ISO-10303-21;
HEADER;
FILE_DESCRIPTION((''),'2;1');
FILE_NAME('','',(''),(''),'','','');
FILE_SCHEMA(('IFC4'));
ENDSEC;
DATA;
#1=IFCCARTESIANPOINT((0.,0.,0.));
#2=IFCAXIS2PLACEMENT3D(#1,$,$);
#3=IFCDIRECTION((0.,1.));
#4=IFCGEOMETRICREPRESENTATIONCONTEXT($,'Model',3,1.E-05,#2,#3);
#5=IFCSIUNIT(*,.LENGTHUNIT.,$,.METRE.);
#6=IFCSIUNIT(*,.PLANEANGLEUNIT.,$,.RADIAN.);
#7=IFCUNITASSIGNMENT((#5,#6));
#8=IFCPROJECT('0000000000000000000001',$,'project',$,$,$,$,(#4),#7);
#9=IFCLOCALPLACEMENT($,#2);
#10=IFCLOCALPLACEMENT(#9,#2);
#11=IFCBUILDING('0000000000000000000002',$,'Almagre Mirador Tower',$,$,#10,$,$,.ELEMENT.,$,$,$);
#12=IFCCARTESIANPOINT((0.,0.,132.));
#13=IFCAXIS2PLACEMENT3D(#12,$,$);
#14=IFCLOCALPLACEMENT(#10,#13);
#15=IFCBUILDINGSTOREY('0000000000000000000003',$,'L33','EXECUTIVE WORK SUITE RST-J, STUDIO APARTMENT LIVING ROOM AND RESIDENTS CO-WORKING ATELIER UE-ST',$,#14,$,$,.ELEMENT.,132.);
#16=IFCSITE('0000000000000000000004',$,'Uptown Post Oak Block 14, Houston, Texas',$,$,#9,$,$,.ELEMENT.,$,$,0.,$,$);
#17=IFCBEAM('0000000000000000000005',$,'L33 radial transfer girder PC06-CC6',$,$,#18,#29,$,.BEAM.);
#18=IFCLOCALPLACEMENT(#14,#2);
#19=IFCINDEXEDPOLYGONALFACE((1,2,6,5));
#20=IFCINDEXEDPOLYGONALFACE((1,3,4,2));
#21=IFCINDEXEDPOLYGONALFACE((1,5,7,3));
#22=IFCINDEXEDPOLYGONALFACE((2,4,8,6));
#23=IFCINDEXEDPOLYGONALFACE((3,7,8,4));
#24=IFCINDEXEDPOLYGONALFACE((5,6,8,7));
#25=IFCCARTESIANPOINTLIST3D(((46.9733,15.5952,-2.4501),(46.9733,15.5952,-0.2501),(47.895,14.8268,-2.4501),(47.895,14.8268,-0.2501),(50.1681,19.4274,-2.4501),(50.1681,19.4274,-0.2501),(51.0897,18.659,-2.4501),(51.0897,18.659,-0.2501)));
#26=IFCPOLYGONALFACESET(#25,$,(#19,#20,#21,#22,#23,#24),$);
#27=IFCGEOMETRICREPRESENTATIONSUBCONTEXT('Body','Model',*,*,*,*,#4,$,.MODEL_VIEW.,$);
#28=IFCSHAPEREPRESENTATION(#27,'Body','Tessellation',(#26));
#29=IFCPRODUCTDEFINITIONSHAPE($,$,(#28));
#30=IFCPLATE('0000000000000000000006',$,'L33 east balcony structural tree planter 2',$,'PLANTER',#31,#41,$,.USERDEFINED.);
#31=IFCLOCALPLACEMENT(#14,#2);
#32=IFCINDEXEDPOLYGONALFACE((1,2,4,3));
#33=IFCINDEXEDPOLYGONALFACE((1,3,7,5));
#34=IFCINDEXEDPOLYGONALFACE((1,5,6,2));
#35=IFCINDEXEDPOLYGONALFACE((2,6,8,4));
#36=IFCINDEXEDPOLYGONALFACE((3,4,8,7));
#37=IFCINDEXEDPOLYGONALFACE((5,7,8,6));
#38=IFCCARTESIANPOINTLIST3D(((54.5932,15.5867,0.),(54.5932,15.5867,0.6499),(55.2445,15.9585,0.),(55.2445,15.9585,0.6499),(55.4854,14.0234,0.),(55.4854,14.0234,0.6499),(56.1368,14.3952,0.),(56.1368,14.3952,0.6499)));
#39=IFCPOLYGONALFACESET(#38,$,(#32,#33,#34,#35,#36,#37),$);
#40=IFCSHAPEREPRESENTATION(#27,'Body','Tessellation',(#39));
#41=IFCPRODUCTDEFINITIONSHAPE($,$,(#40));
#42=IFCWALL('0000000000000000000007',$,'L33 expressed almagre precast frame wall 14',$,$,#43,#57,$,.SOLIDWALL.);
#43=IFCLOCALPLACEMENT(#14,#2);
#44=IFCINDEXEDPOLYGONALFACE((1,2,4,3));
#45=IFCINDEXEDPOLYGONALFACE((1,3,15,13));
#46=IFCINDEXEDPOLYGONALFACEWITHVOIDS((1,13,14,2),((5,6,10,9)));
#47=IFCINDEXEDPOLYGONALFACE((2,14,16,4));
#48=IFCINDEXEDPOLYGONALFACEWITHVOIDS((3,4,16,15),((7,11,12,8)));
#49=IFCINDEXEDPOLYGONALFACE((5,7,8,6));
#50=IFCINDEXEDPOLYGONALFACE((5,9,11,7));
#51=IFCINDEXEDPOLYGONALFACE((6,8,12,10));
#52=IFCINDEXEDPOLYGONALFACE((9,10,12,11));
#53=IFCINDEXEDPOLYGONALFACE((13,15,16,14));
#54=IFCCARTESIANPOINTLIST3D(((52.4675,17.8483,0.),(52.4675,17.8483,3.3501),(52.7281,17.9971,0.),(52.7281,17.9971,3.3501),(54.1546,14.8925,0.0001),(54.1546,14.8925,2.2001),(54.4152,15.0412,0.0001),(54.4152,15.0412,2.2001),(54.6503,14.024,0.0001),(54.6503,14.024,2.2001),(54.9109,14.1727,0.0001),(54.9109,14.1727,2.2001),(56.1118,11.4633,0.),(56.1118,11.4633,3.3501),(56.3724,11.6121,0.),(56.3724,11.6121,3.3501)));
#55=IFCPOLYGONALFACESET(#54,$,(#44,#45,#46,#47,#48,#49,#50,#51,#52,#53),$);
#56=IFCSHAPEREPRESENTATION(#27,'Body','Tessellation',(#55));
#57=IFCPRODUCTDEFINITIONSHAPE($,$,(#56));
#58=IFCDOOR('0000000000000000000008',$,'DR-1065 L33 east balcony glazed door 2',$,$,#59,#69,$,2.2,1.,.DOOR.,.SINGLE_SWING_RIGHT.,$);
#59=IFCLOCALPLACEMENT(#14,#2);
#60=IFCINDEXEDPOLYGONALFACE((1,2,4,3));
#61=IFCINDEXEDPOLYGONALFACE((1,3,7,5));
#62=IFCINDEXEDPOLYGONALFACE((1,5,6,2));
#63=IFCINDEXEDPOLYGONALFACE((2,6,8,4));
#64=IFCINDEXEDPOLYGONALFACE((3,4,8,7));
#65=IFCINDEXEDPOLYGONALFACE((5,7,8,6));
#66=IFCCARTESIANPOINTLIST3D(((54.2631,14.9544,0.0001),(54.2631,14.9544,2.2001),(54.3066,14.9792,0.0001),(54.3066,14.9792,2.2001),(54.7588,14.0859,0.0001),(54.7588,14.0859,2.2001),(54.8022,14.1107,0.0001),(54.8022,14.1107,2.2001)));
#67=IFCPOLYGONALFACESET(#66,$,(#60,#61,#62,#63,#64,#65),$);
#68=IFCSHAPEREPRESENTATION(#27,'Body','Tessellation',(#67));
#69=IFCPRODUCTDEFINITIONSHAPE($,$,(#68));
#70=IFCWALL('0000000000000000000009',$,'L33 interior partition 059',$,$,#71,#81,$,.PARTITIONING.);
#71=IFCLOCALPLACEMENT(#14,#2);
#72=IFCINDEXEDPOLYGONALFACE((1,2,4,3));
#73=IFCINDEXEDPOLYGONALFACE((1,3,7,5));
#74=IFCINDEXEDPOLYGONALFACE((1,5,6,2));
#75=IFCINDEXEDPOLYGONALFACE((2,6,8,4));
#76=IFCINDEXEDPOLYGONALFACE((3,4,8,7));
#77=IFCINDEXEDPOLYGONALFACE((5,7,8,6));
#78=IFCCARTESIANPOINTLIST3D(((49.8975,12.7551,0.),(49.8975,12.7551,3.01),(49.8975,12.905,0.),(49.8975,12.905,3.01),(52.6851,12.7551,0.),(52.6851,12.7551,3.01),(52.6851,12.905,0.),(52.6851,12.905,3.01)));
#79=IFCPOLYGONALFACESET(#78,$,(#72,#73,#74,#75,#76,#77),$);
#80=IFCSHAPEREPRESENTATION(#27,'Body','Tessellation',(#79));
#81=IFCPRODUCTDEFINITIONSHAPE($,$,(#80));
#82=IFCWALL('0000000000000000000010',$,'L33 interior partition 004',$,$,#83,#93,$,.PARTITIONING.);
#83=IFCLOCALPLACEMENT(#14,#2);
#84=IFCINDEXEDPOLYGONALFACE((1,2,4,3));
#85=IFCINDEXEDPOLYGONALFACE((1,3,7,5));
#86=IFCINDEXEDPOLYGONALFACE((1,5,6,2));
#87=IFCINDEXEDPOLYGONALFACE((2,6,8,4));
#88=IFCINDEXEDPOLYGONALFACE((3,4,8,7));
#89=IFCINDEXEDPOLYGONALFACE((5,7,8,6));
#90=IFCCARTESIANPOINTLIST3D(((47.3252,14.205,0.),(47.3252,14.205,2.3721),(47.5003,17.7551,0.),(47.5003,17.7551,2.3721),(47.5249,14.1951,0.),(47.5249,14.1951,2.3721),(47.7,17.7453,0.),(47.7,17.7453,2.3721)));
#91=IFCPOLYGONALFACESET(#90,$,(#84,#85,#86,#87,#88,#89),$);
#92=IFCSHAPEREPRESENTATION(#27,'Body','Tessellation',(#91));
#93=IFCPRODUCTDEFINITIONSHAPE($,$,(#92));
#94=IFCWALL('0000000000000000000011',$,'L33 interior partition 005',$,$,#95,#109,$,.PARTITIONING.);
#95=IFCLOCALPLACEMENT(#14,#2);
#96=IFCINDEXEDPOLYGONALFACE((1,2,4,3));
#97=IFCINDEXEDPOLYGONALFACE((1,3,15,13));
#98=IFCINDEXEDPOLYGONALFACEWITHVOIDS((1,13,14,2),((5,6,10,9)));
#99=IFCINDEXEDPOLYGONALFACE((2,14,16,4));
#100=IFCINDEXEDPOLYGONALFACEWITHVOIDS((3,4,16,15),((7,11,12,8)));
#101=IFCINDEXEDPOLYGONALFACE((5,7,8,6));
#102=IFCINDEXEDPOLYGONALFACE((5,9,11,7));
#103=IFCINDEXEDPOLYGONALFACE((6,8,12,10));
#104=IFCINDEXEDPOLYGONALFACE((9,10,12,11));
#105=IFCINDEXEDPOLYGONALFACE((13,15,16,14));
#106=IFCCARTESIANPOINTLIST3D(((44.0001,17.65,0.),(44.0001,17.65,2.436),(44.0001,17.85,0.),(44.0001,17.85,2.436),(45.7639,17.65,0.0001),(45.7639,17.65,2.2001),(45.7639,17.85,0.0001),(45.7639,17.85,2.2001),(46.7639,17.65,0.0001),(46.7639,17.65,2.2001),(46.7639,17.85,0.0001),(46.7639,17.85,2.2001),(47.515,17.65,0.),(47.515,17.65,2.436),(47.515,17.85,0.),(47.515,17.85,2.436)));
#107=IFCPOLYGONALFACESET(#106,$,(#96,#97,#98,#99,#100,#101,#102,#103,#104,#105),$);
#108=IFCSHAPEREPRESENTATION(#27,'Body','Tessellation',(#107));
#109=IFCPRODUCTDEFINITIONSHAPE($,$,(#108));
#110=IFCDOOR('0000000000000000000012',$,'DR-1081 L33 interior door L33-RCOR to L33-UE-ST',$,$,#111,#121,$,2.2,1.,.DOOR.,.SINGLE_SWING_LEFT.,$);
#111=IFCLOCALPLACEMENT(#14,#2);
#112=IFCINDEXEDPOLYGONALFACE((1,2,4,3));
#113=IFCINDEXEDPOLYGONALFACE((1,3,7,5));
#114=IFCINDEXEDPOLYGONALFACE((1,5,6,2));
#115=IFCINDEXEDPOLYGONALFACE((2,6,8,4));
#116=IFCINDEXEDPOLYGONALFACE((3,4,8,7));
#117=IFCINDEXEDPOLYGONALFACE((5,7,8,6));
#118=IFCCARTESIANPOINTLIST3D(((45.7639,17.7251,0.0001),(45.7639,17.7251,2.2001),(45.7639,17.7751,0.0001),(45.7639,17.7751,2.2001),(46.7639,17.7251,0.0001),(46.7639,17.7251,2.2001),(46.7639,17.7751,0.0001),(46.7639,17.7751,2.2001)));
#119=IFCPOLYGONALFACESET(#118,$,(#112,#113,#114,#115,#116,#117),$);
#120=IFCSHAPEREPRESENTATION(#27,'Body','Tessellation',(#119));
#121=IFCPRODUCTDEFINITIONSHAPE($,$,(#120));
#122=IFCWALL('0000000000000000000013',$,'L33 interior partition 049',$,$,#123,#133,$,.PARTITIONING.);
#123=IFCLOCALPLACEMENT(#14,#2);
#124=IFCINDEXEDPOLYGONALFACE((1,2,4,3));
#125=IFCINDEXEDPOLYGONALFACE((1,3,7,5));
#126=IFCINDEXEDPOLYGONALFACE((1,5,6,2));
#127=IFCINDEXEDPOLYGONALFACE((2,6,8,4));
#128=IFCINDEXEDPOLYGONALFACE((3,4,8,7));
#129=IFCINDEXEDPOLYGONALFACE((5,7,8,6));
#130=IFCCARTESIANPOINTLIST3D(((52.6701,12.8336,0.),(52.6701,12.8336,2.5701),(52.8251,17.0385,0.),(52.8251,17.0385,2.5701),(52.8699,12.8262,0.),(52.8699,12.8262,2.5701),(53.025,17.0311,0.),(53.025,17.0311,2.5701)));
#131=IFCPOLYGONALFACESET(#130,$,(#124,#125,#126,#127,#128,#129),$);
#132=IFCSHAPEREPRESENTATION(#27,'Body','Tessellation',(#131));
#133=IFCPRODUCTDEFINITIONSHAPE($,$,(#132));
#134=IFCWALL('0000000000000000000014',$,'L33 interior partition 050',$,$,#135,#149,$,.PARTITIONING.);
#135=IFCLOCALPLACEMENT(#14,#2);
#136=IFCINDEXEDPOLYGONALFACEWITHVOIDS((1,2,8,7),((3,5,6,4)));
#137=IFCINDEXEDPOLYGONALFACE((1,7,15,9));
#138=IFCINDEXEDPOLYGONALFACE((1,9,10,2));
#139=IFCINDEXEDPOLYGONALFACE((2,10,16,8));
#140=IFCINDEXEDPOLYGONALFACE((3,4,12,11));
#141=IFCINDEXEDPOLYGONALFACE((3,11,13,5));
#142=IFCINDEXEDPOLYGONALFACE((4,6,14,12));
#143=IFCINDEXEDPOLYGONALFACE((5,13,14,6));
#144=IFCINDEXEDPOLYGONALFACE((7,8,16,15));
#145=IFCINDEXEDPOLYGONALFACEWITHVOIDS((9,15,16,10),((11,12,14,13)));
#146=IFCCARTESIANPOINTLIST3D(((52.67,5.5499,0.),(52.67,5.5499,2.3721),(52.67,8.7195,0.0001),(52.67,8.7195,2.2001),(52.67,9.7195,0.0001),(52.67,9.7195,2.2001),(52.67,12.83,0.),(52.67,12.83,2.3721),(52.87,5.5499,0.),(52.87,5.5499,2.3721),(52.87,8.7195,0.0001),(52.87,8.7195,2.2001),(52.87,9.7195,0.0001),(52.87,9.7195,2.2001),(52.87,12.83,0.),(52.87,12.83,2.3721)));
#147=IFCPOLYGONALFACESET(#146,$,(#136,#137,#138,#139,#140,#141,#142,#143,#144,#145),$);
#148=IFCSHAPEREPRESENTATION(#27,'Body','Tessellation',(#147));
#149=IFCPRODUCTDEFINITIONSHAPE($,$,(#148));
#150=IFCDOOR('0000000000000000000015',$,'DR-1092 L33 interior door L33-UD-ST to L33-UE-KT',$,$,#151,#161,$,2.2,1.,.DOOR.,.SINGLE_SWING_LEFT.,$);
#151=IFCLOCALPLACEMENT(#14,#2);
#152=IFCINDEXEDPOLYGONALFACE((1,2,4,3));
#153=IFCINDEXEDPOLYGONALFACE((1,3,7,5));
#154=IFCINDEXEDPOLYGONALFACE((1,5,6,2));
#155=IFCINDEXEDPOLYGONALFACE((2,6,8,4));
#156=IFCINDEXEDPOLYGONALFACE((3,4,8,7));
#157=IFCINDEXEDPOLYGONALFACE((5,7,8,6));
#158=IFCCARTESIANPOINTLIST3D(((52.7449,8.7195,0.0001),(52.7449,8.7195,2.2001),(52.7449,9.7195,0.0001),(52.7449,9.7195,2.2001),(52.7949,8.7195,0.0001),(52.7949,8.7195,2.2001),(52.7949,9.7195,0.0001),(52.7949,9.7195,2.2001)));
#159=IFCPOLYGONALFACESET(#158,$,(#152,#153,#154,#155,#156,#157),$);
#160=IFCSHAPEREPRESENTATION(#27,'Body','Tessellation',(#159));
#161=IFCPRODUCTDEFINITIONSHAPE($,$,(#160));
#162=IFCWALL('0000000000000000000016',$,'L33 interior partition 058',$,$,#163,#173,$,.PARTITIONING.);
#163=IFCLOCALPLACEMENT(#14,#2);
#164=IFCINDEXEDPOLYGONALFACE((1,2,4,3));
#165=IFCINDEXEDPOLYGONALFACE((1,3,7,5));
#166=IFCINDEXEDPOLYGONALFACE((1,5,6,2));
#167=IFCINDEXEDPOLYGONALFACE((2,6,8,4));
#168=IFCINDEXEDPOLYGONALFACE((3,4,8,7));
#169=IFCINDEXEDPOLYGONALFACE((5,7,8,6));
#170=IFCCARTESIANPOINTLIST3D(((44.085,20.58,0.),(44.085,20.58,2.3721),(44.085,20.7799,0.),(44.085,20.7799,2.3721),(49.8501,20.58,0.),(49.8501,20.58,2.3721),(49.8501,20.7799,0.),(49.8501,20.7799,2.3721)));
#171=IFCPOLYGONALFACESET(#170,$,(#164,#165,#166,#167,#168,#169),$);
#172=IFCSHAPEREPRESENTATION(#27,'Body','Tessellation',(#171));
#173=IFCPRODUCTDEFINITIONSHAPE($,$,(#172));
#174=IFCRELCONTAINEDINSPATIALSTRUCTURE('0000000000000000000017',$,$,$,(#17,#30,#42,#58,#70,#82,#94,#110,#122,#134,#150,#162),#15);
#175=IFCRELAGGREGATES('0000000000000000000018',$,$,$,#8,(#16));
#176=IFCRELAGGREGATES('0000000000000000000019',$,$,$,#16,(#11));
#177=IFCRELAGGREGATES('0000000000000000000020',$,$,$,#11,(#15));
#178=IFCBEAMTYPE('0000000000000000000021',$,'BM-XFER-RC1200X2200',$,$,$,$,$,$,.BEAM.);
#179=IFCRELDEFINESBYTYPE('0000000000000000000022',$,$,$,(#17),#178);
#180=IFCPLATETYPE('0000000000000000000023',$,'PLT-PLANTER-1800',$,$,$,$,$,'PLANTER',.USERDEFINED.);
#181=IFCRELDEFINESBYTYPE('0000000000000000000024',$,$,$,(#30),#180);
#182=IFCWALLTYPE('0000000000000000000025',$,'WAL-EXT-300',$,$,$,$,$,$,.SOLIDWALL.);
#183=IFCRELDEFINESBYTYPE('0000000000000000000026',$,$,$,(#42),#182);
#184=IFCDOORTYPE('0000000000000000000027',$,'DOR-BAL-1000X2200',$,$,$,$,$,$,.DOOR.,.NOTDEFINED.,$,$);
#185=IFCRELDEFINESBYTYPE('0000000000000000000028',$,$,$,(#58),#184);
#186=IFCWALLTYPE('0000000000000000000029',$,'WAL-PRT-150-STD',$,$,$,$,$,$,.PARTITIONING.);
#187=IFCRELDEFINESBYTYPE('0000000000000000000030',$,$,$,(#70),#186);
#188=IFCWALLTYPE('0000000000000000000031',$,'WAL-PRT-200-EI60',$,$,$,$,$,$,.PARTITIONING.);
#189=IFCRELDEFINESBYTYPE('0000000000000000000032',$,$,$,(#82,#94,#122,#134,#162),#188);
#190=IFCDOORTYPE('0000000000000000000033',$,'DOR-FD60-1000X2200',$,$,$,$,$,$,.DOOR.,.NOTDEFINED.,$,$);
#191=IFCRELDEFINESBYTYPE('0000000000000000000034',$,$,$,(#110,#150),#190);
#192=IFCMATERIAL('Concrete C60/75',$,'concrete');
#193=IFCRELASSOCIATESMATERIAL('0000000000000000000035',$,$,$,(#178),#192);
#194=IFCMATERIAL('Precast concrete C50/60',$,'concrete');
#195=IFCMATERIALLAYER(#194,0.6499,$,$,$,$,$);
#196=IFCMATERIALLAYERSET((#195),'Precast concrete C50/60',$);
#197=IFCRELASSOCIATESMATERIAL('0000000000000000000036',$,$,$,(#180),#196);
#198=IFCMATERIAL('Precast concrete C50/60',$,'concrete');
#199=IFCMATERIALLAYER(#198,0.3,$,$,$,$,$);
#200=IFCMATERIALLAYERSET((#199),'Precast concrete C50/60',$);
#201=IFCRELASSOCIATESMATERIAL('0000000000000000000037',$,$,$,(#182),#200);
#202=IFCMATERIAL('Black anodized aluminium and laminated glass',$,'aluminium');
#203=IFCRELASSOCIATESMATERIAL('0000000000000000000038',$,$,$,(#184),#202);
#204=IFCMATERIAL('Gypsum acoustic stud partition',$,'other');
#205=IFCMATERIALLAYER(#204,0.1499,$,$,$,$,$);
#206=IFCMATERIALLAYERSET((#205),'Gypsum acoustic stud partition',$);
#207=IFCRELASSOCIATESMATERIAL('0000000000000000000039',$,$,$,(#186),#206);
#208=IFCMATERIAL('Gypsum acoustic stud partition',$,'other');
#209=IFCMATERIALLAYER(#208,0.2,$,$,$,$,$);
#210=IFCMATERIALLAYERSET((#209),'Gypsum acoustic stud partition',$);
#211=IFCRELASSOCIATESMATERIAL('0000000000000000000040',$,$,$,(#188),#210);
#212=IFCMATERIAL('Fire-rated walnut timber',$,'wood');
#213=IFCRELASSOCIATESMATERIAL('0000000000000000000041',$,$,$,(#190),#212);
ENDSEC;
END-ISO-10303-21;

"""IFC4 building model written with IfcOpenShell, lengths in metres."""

from ifc_helpers import new_model, si_unit, direction, frame, frame_2d, origin, origin_2d, place, context, subcontext, project, spatial, rectangle, extrude, material, layer, layer_set, material_profile, profile_set, type_object, element, fill, save


model = new_model("IFC4")

# Units and contexts
model_context = context("Model", 3, precision=1e-05, world=origin(), true_north=direction((0.0, 1.0)))
body_context = subcontext(model_context, "Body", "Model", "MODEL_VIEW")
ifc_project = project(units=[si_unit("LENGTHUNIT", "METRE"), si_unit("PLANEANGLEUNIT", "RADIAN")], contexts=[model_context])

# Site, building, storey
site_placement = place(None, origin())
site = spatial("IfcSite", under=ifc_project, at=site_placement, Name="Uptown Post Oak Block 14, Houston, Texas", CompositionType="ELEMENT", RefElevation=0.0)
building_placement = place(site_placement, origin())
building = spatial("IfcBuilding", under=site, at=building_placement, Name="Almagre Mirador Tower", CompositionType="ELEMENT")
storey_placement = place(building_placement, frame((0.0, 0.0, 132.0)))
storey = spatial("IfcBuildingStorey", under=building, at=storey_placement, Name="L33", Description="EXECUTIVE WORK SUITE RST-J, STUDIO APARTMENT LIVING ROOM AND RESIDENTS CO-WORKING ATELIER UE-ST", CompositionType="ELEMENT", Elevation=132.0)

# Beam
ifc_material_1 = material(Name="Concrete C60/75", Category="concrete")
ifc_material_profile_1 = material_profile(ifc_material_1, rectangle(XDim=1.2, YDim=2.2, at=origin_2d()), Name="RC1200X2200")
ifc_profile_set_1 = profile_set([ifc_material_profile_1], Name="Concrete C60/75")
beam_type_1 = type_object("IfcBeamType", Name="BM-XFER-RC1200X2200", PredefinedType="BEAM", material=ifc_profile_set_1)
beam_1_placement = place(storey_placement, frame((50.6289, 19.0432, -1.3501), z_axis=(-0.640334, -0.768097, 0.0), x_axis=(0.768097, -0.640334, 0.0)))
element("IfcBeam", 1, at=beam_1_placement, inside=storey, type_object=beam_type_1, Name="L33 radial transfer girder PC06-CC6", PredefinedType="BEAM", context=body_context, shape_type="SweptSolid", body=[
    extrude(rectangle(XDim=1.2, YDim=2.2, at=origin_2d()), origin(), (0.0, 0.0, 1.0), 4.9893),
])

# Plate
ifc_material_2 = material(Name="Precast concrete C50/60", Category="concrete")
ifc_layer_1 = layer(ifc_material_2, 0.6499)
ifc_layer_set_1 = layer_set([ifc_layer_1], Name="Precast concrete C50/60")
plate_type = type_object("IfcPlateType", Name="PLT-PLANTER-1800", ElementType="PLANTER", PredefinedType="USERDEFINED", material=ifc_layer_set_1)
plate_placement = place(storey_placement, frame((55.365, 14.991, 0.0), z_axis=(0.0, 0.0, 1.0), x_axis=(-0.495701, 0.868493, 0.0)))
element("IfcPlate", 2, at=plate_placement, inside=storey, type_object=plate_type, Name="L33 east balcony structural tree planter 2", ObjectType="PLANTER", PredefinedType="USERDEFINED", context=body_context, shape_type="SweptSolid", body=[
    extrude(rectangle(XDim=1.8, YDim=0.75, at=origin_2d()), origin(), (0.0, 0.0, 1.0), 0.6499),
])

# Wall, opening, door
ifc_material_3 = material(Name="Precast concrete C50/60", Category="concrete")
ifc_layer_2 = layer(ifc_material_3, 0.3)
ifc_layer_set_2 = layer_set([ifc_layer_2], Name="Precast concrete C50/60")
wall_type_1 = type_object("IfcWallType", Name="WAL-EXT-300", PredefinedType="SOLIDWALL", material=ifc_layer_set_2)
wall_1_placement = place(storey_placement, frame((52.5979, 17.9226, 0.0), z_axis=(0.0, 0.0, 1.0), x_axis=(0.495699, -0.868494, 0.0)))
wall_1 = element("IfcWall", 3, at=wall_1_placement, inside=storey, type_object=wall_type_1, Name="L33 expressed almagre precast frame wall 14", PredefinedType="SOLIDWALL", context=body_context, shape_type="SweptSolid", body=[
    extrude(rectangle(XDim=7.3518, YDim=0.3, at=frame_2d((3.6758, 0.0))), origin(), (0.0, 0.0, 1.0), 3.3501),
])
opening_1_placement = place(wall_1_placement, frame((3.4033, 0.0, 0.0)))
opening_1 = element("IfcOpeningElement", 4, at=opening_1_placement, cuts=wall_1, PredefinedType="OPENING", context=body_context, shape_type="SweptSolid", body=[
    extrude(rectangle(XDim=1.0, YDim=2.2, at=frame_2d((0.5, 1.1001))), frame((0.0, 0.1599, 0.0), z_axis=(0.0, -1.0, 0.0), x_axis=(1.0, 0.0, 0.0)), (0.0, 0.0, 1.0), 0.32),
])
ifc_material_4 = material(Name="Black anodized aluminium and laminated glass", Category="aluminium")
door_type_1 = type_object("IfcDoorType", Name="DOR-BAL-1000X2200", OperationType="NOTDEFINED", PredefinedType="DOOR", material=ifc_material_4)
door_1_placement = place(opening_1_placement, origin())
door_1 = element("IfcDoor", 5, at=door_1_placement, inside=storey, type_object=door_type_1, Name="DR-1065 L33 east balcony glazed door 2", OperationType="SINGLE_SWING_RIGHT", OverallHeight=2.2, OverallWidth=1.0, PredefinedType="DOOR", context=body_context, shape_type="SweptSolid", body=[
    extrude(rectangle(XDim=1.0, YDim=2.2, at=frame_2d((0.5, 1.1001))), frame((0.0, 0.0249, 0.0), z_axis=(0.0, -1.0, 0.0), x_axis=(1.0, 0.0, 0.0)), (0.0, 0.0, 1.0), 0.05),
])
fill(opening_1, door_1)

# Walls
ifc_material_5 = material(Name="Gypsum acoustic stud partition", Category="other")
ifc_layer_3 = layer(ifc_material_5, 0.1499)
ifc_layer_set_3 = layer_set([ifc_layer_3], Name="Gypsum acoustic stud partition")
wall_type_2 = type_object("IfcWallType", Name="WAL-PRT-150-STD", PredefinedType="PARTITIONING", material=ifc_layer_set_3)
wall_2_placement = place(storey_placement, frame((49.8975, 12.8301, 0.0), z_axis=(0.0, 0.0, 1.0), x_axis=(1.0, 0.0, 0.0)))
element("IfcWall", 6, at=wall_2_placement, inside=storey, type_object=wall_type_2, Name="L33 interior partition 059", PredefinedType="PARTITIONING", context=body_context, shape_type="SweptSolid", body=[
    extrude(rectangle(XDim=2.7876, YDim=0.1499, at=frame_2d((1.3938, 0.0))), origin(), (0.0, 0.0, 1.0), 3.01),
])
ifc_material_6 = material(Name="Gypsum acoustic stud partition", Category="other")
ifc_layer_4 = layer(ifc_material_6, 0.2)
ifc_layer_set_4 = layer_set([ifc_layer_4], Name="Gypsum acoustic stud partition")
wall_type_3 = type_object("IfcWallType", Name="WAL-PRT-200-EI60", PredefinedType="PARTITIONING", material=ifc_layer_set_4)
wall_3_placement = place(storey_placement, frame((47.425, 14.2, 0.0), z_axis=(0.0, 0.0, 1.0), x_axis=(0.049249, 0.998787, 0.0)))
element("IfcWall", 7, at=wall_3_placement, inside=storey, type_object=wall_type_3, Name="L33 interior partition 004", PredefinedType="PARTITIONING", context=body_context, shape_type="SweptSolid", body=[
    extrude(rectangle(XDim=3.5544, YDim=0.2, at=frame_2d((1.7773, 0.0))), origin(), (0.0, 0.0, 1.0), 2.3721),
])

# Wall, opening, door
wall_4_placement = place(storey_placement, frame((47.5149, 17.75, 0.0), z_axis=(0.0, 0.0, 1.0), x_axis=(-1.0, 0.0, 0.0)))
wall_4 = element("IfcWall", 8, at=wall_4_placement, inside=storey, type_object=wall_type_3, Name="L33 interior partition 005", PredefinedType="PARTITIONING", context=body_context, shape_type="SweptSolid", body=[
    extrude(rectangle(XDim=3.5149, YDim=0.2, at=frame_2d((1.7573, 0.0))), origin(), (0.0, 0.0, 1.0), 2.436),
])
opening_2_placement = place(wall_4_placement, frame((0.751, 0.0, 0.0)))
opening_2 = element("IfcOpeningElement", 9, at=opening_2_placement, cuts=wall_4, PredefinedType="OPENING", context=body_context, shape_type="SweptSolid", body=[
    extrude(rectangle(XDim=1.0, YDim=2.2, at=frame_2d((0.5, 1.1001))), frame((0.0, 0.1101, 0.0), z_axis=(0.0, -1.0, 0.0), x_axis=(1.0, 0.0, 0.0)), (0.0, 0.0, 1.0), 0.22),
])
ifc_material_7 = material(Name="Fire-rated walnut timber", Category="wood")
door_type_2 = type_object("IfcDoorType", Name="DOR-FD60-1000X2200", OperationType="NOTDEFINED", PredefinedType="DOOR", material=ifc_material_7)
door_2_placement = place(opening_2_placement, origin())
door_2 = element("IfcDoor", 10, at=door_2_placement, inside=storey, type_object=door_type_2, Name="DR-1081 L33 interior door L33-RCOR to L33-UE-ST", OperationType="SINGLE_SWING_LEFT", OverallHeight=2.2, OverallWidth=1.0, PredefinedType="DOOR", context=body_context, shape_type="SweptSolid", body=[
    extrude(rectangle(XDim=1.0, YDim=2.2, at=frame_2d((0.5, 1.1001))), frame((0.0, 0.0249, 0.0), z_axis=(0.0, -1.0, 0.0), x_axis=(1.0, 0.0, 0.0)), (0.0, 0.0, 1.0), 0.05),
])
fill(opening_2, door_2)

# Wall
wall_5_placement = place(storey_placement, frame((52.925, 17.0349, 0.0), z_axis=(0.0, 0.0, 1.0), x_axis=(-0.036844, -0.999321, 0.0)))
element("IfcWall", 11, at=wall_5_placement, inside=storey, type_object=wall_type_3, Name="L33 interior partition 049", PredefinedType="PARTITIONING", context=body_context, shape_type="SweptSolid", body=[
    extrude(rectangle(XDim=4.2078, YDim=0.2, at=frame_2d((2.104, 0.0))), origin(), (0.0, 0.0, 1.0), 2.5701),
])

# Wall, opening, door
wall_6_placement = place(storey_placement, frame((52.77, 12.8301, 0.0), z_axis=(0.0, 0.0, 1.0), x_axis=(0.0, -1.0, 0.0)))
wall_6 = element("IfcWall", 12, at=wall_6_placement, inside=storey, type_object=wall_type_3, Name="L33 interior partition 050", PredefinedType="PARTITIONING", context=body_context, shape_type="SweptSolid", body=[
    extrude(rectangle(XDim=7.28, YDim=0.2, at=frame_2d((3.6401, 0.0))), origin(), (0.0, 0.0, 1.0), 2.3721),
])
opening_3_placement = place(wall_6_placement, frame((3.1106, 0.0, 0.0)))
opening_3 = element("IfcOpeningElement", 13, at=opening_3_placement, cuts=wall_6, PredefinedType="OPENING", context=body_context, shape_type="SweptSolid", body=[
    extrude(rectangle(XDim=1.0, YDim=2.2, at=frame_2d((0.5, 1.1001))), frame((0.0, 0.1101, 0.0), z_axis=(0.0, -1.0, 0.0), x_axis=(1.0, 0.0, 0.0)), (0.0, 0.0, 1.0), 0.22),
])
door_3_placement = place(opening_3_placement, origin())
door_3 = element("IfcDoor", 14, at=door_3_placement, inside=storey, type_object=door_type_2, Name="DR-1092 L33 interior door L33-UD-ST to L33-UE-KT", OperationType="SINGLE_SWING_LEFT", OverallHeight=2.2, OverallWidth=1.0, PredefinedType="DOOR", context=body_context, shape_type="SweptSolid", body=[
    extrude(rectangle(XDim=1.0, YDim=2.2, at=frame_2d((0.5, 1.1001))), frame((0.0, 0.0249, 0.0), z_axis=(0.0, -1.0, 0.0), x_axis=(1.0, 0.0, 0.0)), (0.0, 0.0, 1.0), 0.05),
])
fill(opening_3, door_3)

# Wall
wall_7_placement = place(storey_placement, frame((49.8501, 20.6799, 0.0), z_axis=(0.0, 0.0, 1.0), x_axis=(-1.0, 0.0, 0.0)))
element("IfcWall", 15, at=wall_7_placement, inside=storey, type_object=wall_type_3, Name="L33 interior partition 058", PredefinedType="PARTITIONING", context=body_context, shape_type="SweptSolid", body=[
    extrude(rectangle(XDim=5.7651, YDim=0.2, at=frame_2d((2.8826, 0.0))), origin(), (0.0, 0.0, 1.0), 2.3721),
])

save(model, "model.ifc")
